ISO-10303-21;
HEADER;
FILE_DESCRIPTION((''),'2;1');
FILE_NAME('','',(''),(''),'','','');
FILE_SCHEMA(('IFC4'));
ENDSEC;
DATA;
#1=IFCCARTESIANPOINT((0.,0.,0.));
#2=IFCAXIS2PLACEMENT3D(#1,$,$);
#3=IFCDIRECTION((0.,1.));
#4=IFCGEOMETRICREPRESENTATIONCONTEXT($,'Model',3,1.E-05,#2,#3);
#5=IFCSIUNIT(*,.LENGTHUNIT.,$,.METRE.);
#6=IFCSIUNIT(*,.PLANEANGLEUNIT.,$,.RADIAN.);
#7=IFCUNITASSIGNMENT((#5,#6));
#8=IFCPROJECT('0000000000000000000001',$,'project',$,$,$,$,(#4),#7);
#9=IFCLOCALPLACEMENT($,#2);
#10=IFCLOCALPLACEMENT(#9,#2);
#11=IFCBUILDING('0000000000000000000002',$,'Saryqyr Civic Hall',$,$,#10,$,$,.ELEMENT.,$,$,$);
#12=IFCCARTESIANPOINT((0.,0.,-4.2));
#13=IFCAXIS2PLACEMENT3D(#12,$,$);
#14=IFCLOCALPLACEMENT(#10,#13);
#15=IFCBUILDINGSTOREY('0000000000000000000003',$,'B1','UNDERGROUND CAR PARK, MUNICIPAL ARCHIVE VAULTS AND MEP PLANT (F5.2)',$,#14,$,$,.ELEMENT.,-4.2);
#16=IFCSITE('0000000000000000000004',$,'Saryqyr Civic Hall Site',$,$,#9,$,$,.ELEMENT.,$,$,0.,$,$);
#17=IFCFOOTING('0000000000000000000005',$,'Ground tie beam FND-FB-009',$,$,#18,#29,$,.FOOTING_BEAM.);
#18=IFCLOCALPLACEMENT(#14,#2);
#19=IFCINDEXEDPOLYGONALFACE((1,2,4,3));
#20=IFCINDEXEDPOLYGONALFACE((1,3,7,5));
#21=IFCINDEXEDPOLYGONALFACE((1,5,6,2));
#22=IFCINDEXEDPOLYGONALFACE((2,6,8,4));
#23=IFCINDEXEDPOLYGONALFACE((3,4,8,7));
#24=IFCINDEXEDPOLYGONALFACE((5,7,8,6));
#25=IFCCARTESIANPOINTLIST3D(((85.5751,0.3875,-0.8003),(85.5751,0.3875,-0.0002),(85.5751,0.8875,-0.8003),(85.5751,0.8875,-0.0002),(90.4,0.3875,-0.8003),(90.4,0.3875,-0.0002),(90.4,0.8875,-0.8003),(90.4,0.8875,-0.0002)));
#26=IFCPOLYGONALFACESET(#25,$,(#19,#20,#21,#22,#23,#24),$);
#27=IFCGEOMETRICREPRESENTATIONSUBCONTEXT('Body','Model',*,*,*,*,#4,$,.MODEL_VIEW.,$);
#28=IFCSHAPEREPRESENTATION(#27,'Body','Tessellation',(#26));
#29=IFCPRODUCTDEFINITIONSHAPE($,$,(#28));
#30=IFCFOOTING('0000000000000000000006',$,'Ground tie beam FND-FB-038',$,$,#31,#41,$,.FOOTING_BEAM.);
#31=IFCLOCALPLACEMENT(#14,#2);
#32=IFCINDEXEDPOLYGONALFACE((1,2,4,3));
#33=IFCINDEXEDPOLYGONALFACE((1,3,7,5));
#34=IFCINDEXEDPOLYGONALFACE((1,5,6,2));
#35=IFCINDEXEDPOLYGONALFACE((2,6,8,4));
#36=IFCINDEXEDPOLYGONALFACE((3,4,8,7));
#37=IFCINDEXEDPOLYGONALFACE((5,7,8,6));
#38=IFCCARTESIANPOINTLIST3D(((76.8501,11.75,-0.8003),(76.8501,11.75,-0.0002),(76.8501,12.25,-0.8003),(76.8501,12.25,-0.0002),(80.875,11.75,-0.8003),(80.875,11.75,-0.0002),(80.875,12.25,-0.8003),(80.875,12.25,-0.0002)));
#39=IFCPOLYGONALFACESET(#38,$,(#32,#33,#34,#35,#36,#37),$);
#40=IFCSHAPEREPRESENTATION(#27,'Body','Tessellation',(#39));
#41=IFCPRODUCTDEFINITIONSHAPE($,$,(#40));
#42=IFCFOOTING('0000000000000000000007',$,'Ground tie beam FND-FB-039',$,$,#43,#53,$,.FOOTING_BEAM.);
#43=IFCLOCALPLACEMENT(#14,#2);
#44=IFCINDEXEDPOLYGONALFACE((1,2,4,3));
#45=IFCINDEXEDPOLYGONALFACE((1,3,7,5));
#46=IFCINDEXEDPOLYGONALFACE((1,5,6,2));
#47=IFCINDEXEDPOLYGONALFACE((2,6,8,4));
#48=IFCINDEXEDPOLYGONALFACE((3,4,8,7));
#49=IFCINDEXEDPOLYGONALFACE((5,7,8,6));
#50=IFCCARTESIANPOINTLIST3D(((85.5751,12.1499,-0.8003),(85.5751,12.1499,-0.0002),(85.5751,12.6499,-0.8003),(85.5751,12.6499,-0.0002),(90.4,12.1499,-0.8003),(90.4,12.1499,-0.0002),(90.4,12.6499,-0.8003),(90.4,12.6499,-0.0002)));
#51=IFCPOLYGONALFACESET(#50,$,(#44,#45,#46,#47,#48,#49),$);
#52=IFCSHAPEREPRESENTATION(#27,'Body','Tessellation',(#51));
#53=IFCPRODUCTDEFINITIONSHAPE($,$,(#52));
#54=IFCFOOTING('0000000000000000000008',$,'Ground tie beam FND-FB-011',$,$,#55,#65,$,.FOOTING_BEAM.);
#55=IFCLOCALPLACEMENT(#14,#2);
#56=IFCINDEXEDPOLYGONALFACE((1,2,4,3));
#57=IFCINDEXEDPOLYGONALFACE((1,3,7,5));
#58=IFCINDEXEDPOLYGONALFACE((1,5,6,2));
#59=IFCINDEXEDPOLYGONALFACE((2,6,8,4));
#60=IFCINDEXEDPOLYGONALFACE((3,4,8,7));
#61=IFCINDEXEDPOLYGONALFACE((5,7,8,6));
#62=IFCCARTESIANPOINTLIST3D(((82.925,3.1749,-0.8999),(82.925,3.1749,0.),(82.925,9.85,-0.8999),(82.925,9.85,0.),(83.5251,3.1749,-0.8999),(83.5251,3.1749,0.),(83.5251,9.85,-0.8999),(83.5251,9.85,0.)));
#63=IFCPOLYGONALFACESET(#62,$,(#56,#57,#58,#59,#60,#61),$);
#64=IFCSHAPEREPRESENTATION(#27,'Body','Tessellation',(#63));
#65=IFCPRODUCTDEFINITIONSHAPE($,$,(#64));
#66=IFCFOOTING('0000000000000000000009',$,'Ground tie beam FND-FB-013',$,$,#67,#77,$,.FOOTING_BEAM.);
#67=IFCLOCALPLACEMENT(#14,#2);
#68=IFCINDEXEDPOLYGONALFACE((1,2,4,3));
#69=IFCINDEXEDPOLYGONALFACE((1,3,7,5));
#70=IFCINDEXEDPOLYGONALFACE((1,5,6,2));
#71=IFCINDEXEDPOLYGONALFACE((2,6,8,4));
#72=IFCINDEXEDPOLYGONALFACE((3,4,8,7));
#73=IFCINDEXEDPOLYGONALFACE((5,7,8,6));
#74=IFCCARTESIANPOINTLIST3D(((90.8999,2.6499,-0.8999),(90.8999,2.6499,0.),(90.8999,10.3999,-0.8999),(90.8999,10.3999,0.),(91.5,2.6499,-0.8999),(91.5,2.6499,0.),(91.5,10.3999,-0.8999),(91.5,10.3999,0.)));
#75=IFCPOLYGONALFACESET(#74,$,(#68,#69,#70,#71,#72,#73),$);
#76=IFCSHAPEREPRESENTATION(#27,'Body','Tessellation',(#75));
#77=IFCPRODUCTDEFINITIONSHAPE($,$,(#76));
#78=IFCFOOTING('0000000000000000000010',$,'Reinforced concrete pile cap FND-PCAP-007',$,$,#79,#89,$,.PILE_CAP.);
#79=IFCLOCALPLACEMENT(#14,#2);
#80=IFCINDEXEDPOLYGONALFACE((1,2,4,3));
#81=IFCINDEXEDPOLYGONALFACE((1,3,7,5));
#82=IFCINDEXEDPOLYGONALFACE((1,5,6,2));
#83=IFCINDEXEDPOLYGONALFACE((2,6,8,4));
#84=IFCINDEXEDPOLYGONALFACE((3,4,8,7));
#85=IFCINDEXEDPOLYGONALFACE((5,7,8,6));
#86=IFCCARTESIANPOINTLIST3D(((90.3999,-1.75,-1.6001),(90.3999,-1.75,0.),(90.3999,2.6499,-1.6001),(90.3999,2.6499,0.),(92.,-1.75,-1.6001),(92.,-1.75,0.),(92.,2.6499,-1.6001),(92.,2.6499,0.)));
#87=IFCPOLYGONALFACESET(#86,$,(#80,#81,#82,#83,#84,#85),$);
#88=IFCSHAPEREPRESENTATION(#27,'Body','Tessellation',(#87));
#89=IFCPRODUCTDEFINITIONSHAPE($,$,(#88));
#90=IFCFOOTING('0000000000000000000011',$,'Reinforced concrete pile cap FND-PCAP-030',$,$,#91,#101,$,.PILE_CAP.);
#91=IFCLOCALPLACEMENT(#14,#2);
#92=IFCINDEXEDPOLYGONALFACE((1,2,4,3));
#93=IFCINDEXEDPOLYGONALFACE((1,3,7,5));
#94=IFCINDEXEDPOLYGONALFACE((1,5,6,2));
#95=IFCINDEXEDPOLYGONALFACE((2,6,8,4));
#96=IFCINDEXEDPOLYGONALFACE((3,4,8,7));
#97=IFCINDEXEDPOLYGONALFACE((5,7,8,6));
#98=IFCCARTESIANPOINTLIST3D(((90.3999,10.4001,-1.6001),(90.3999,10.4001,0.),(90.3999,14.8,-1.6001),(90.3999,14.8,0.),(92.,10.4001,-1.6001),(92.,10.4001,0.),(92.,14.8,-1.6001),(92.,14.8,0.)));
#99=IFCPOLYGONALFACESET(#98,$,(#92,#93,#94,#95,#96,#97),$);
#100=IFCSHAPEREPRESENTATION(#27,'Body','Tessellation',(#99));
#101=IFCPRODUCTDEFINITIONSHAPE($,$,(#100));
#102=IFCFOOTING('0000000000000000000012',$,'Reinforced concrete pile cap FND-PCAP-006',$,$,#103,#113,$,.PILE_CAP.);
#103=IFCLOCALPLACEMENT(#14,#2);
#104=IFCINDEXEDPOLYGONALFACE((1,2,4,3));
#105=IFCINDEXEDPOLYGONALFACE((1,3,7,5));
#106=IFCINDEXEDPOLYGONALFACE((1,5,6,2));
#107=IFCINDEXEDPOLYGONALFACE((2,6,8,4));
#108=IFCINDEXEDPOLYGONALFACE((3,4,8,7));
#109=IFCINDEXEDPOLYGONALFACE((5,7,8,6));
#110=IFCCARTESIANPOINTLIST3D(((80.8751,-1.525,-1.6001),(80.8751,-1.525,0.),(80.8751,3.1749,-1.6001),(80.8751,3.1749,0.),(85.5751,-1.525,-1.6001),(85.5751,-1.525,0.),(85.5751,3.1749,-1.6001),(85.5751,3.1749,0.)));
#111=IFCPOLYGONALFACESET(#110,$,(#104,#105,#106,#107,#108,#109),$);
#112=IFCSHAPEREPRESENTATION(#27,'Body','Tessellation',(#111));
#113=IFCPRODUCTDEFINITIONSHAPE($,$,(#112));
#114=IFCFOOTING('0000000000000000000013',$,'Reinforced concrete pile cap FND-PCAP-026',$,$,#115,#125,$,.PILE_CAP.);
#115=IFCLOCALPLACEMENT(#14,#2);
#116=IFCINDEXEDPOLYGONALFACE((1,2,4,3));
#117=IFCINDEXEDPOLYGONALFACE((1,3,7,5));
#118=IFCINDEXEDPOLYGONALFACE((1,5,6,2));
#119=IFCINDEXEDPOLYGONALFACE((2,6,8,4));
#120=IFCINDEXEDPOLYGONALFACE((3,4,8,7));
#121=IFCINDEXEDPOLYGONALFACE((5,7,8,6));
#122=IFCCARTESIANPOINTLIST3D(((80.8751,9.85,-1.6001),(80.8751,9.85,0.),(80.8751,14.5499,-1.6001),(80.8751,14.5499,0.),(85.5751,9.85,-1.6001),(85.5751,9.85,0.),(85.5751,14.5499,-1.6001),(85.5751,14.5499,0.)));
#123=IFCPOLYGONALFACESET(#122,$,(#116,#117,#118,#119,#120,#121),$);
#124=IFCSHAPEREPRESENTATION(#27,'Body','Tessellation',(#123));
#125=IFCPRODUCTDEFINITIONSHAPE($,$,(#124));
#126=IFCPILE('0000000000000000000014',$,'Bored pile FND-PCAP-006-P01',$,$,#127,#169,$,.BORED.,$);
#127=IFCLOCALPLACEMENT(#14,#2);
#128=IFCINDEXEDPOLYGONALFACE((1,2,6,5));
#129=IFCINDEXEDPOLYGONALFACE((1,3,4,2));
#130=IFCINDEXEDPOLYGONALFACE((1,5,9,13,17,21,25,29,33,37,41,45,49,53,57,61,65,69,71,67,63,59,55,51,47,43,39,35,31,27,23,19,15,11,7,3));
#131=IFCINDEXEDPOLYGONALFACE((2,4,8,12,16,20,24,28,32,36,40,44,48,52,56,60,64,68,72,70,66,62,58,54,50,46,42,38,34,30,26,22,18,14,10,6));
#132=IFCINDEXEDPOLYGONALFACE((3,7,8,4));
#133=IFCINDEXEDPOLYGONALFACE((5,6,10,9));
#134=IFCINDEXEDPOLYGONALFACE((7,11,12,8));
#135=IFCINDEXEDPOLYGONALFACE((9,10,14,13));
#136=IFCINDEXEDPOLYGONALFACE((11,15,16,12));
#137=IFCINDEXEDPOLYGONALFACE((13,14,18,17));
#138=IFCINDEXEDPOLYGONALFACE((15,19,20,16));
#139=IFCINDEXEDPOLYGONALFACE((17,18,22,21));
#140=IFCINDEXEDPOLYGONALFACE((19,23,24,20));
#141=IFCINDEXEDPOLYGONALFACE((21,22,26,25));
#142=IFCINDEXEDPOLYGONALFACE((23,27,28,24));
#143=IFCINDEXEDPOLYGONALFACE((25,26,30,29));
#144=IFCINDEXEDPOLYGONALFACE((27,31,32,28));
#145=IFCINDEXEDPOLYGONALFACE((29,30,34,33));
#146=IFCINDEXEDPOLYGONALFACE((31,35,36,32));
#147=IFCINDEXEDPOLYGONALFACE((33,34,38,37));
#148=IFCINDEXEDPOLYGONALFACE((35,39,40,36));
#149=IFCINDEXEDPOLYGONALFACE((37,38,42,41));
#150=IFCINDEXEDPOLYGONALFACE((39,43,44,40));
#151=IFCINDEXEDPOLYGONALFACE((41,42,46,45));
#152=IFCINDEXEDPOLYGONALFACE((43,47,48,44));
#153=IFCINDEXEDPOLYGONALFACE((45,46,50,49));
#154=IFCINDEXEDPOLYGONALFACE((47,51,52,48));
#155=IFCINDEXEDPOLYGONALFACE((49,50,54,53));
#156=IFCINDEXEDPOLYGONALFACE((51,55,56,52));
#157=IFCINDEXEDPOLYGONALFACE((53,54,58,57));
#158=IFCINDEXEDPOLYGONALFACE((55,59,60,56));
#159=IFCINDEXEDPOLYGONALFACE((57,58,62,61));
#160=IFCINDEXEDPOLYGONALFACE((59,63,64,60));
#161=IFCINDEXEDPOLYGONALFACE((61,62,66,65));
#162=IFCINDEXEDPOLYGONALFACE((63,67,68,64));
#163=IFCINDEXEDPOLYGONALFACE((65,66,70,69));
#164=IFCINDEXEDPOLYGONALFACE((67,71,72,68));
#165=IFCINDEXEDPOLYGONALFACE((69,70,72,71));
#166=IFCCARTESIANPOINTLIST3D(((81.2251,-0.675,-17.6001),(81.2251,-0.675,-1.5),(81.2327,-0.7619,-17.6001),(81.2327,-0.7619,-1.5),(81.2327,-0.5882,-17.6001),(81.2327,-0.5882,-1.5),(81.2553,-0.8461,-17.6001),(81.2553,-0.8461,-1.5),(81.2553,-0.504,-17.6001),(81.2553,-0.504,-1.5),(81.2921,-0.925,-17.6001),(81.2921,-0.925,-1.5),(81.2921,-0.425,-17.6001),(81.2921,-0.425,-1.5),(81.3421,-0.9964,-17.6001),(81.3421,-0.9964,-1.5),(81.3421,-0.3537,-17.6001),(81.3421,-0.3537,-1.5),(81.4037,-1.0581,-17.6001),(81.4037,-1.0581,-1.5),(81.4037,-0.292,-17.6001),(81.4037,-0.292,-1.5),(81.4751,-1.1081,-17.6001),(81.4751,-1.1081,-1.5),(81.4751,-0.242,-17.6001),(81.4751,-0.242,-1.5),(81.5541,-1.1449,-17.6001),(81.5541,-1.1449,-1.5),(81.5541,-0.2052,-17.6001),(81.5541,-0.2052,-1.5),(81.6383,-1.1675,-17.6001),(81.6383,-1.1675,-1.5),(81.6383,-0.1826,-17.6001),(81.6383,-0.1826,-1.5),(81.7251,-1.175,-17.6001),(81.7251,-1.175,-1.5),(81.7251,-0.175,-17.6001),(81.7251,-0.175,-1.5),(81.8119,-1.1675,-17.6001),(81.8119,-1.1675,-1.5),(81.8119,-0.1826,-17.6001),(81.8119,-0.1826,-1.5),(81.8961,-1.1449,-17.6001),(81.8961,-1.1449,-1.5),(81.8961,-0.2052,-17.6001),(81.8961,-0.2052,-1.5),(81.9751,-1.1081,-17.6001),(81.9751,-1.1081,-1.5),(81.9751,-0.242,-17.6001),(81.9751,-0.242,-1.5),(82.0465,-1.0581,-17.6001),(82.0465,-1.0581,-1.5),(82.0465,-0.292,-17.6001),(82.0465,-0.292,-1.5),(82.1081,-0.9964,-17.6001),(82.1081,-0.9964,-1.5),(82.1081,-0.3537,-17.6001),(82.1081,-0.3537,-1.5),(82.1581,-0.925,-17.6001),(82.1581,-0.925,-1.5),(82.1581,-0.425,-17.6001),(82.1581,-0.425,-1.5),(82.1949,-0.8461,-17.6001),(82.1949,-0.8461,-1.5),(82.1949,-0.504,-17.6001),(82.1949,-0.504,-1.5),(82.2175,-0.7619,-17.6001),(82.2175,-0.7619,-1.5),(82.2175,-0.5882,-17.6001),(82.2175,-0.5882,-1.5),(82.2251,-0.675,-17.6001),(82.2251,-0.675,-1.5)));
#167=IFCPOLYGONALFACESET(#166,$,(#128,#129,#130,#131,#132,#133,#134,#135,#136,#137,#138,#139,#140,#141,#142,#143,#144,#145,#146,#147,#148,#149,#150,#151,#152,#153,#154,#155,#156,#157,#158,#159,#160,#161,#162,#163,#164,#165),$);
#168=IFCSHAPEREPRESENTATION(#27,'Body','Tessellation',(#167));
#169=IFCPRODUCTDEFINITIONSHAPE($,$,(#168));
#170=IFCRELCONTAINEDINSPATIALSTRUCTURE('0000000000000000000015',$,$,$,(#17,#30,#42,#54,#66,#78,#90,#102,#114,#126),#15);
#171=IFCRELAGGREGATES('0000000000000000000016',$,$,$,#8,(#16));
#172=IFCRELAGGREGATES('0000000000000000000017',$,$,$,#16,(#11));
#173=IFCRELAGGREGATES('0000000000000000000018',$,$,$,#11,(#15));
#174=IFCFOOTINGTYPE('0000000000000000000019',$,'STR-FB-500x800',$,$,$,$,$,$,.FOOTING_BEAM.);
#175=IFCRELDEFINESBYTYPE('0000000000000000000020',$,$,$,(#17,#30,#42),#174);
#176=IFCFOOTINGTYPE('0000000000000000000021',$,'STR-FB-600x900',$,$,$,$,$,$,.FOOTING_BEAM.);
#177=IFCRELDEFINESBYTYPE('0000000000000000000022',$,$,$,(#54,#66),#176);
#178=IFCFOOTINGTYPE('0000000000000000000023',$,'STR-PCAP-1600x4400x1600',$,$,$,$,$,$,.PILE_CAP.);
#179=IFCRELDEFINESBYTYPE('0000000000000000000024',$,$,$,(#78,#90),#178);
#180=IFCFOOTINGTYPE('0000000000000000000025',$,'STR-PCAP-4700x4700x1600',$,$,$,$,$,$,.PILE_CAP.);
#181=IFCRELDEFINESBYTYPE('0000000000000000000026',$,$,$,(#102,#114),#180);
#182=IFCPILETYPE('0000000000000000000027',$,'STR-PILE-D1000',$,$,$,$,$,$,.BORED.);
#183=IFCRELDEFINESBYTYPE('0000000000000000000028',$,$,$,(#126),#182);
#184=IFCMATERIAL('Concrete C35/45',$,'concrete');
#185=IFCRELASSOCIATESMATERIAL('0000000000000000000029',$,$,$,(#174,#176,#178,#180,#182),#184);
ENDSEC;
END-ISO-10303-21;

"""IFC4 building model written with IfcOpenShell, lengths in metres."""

from ifc_helpers import new_model, si_unit, direction, frame, origin, origin_2d, place, context, subcontext, project, spatial, rectangle, circle, extrude, material, material_profile, profile_set, type_object, element, save


model = new_model("IFC4")

# Units and contexts
model_context = context("Model", 3, precision=1e-05, world=origin(), true_north=direction((0.0, 1.0)))
body_context = subcontext(model_context, "Body", "Model", "MODEL_VIEW")
ifc_project = project(units=[si_unit("LENGTHUNIT", "METRE"), si_unit("PLANEANGLEUNIT", "RADIAN")], contexts=[model_context])

# Site, building, storey
site_placement = place(None, origin())
site = spatial("IfcSite", under=ifc_project, at=site_placement, Name="Saryqyr Civic Hall Site", CompositionType="ELEMENT", RefElevation=0.0)
building_placement = place(site_placement, origin())
building = spatial("IfcBuilding", under=site, at=building_placement, Name="Saryqyr Civic Hall", CompositionType="ELEMENT")
storey_placement = place(building_placement, frame((0.0, 0.0, -4.2)))
storey = spatial("IfcBuildingStorey", under=building, at=storey_placement, Name="B1", Description="UNDERGROUND CAR PARK, MUNICIPAL ARCHIVE VAULTS AND MEP PLANT (F5.2)", CompositionType="ELEMENT", Elevation=-4.2)

# Footings
ifc_material_1 = material(Name="Concrete C35/45", Category="concrete")
footing_type_1 = type_object("IfcFootingType", Name="STR-FB-500x800", PredefinedType="FOOTING_BEAM", material=ifc_material_1)
footing_1_placement = place(storey_placement, frame((87.9875, 0.6375, -0.8003), z_axis=(0.0, 0.0, 1.0), x_axis=(1.0, 0.0, 0.0)))
element("IfcFooting", 1, at=footing_1_placement, inside=storey, type_object=footing_type_1, Name="Ground tie beam FND-FB-009", PredefinedType="FOOTING_BEAM", context=body_context, shape_type="SweptSolid", body=[
    extrude(rectangle(XDim=4.825, YDim=0.5, at=origin_2d()), origin(), (0.0, 0.0, 1.0), 0.8),
])
footing_2_placement = place(storey_placement, frame((78.8625, 12.0, -0.8003), z_axis=(0.0, 0.0, 1.0), x_axis=(1.0, 0.0, 0.0)))
element("IfcFooting", 2, at=footing_2_placement, inside=storey, type_object=footing_type_1, Name="Ground tie beam FND-FB-038", PredefinedType="FOOTING_BEAM", context=body_context, shape_type="SweptSolid", body=[
    extrude(rectangle(XDim=4.0249, YDim=0.5, at=origin_2d()), origin(), (0.0, 0.0, 1.0), 0.8),
])
footing_3_placement = place(storey_placement, frame((87.9875, 12.3999, -0.8003), z_axis=(0.0, 0.0, 1.0), x_axis=(1.0, 0.0, 0.0)))
element("IfcFooting", 3, at=footing_3_placement, inside=storey, type_object=footing_type_1, Name="Ground tie beam FND-FB-039", PredefinedType="FOOTING_BEAM", context=body_context, shape_type="SweptSolid", body=[
    extrude(rectangle(XDim=4.825, YDim=0.5, at=origin_2d()), origin(), (0.0, 0.0, 1.0), 0.8),
])
footing_type_2 = type_object("IfcFootingType", Name="STR-FB-600x900", PredefinedType="FOOTING_BEAM", material=ifc_material_1)
footing_4_placement = place(storey_placement, frame((83.2251, 6.5125, -0.8999), z_axis=(0.0, 0.0, 1.0), x_axis=(1.0, 0.0, 0.0)))
element("IfcFooting", 4, at=footing_4_placement, inside=storey, type_object=footing_type_2, Name="Ground tie beam FND-FB-011", PredefinedType="FOOTING_BEAM", context=body_context, shape_type="SweptSolid", body=[
    extrude(rectangle(XDim=0.6001, YDim=6.675, at=origin_2d()), origin(), (0.0, 0.0, 1.0), 0.8999),
])
footing_5_placement = place(storey_placement, frame((91.2, 6.5249, -0.8999), z_axis=(0.0, 0.0, 1.0), x_axis=(1.0, 0.0, 0.0)))
element("IfcFooting", 5, at=footing_5_placement, inside=storey, type_object=footing_type_2, Name="Ground tie beam FND-FB-013", PredefinedType="FOOTING_BEAM", context=body_context, shape_type="SweptSolid", body=[
    extrude(rectangle(XDim=0.6001, YDim=7.75, at=origin_2d()), origin(), (0.0, 0.0, 1.0), 0.8999),
])
footing_type_3 = type_object("IfcFootingType", Name="STR-PCAP-1600x4400x1600", PredefinedType="PILE_CAP", material=ifc_material_1)
for number, where, z_axis, x_axis, name in (
    (6, (91.2, 0.45, -1.6001), (0.0, 0.0, 1.0), (1.0, 0.0, 0.0), "Reinforced concrete pile cap FND-PCAP-007"),
    (7, (91.2, 12.6001, -1.6001), (0.0, 0.0, 1.0), (1.0, 0.0, 0.0), "Reinforced concrete pile cap FND-PCAP-030"),
):
    element("IfcFooting", number, at=place(storey_placement, frame(where, z_axis=z_axis, x_axis=x_axis)), inside=storey, type_object=footing_type_3, Name=name, PredefinedType="PILE_CAP", context=body_context, shape_type="SweptSolid", body=[
        extrude(rectangle(XDim=1.6001, YDim=4.3999, at=origin_2d()), origin(), (0.0, 0.0, 1.0), 1.6001),
    ])
footing_type_4 = type_object("IfcFootingType", Name="STR-PCAP-4700x4700x1600", PredefinedType="PILE_CAP", material=ifc_material_1)
for number, where, z_axis, x_axis, name in (
    (8, (83.2251, 0.825, -1.6001), (0.0, 0.0, 1.0), (1.0, 0.0, 0.0), "Reinforced concrete pile cap FND-PCAP-006"),
    (9, (83.2251, 12.2, -1.6001), (0.0, 0.0, 1.0), (1.0, 0.0, 0.0), "Reinforced concrete pile cap FND-PCAP-026"),
):
    element("IfcFooting", number, at=place(storey_placement, frame(where, z_axis=z_axis, x_axis=x_axis)), inside=storey, type_object=footing_type_4, Name=name, PredefinedType="PILE_CAP", context=body_context, shape_type="SweptSolid", body=[
        extrude(rectangle(XDim=4.7, YDim=4.7, at=origin_2d()), origin(), (0.0, 0.0, 1.0), 1.6001),
    ])

# Pile
ifc_material_profile_1 = material_profile(ifc_material_1, circle(Radius=0.5, at=origin_2d()), Name="BORED PILE D1000")
ifc_profile_set_1 = profile_set([ifc_material_profile_1], Name="Concrete C35/45")
pile_type_1 = type_object("IfcPileType", Name="STR-PILE-D1000", PredefinedType="BORED", material=ifc_profile_set_1)
for number, where, z_axis, x_axis, name in (
    (10, (81.7251, -0.675, -1.5), (0.0, 0.0, -1.0), (1.0, 0.0, 0.0), "Bored pile FND-PCAP-006-P01"),
):
    element("IfcPile", number, at=place(storey_placement, frame(where, z_axis=z_axis, x_axis=x_axis)), inside=storey, type_object=pile_type_1, Name=name, PredefinedType="BORED", context=body_context, shape_type="SweptSolid", body=[
        extrude(circle(Radius=0.5, at=origin_2d()), origin(), (0.0, 0.0, 1.0), 16.1001),
    ])

save(model, "model.ifc")
